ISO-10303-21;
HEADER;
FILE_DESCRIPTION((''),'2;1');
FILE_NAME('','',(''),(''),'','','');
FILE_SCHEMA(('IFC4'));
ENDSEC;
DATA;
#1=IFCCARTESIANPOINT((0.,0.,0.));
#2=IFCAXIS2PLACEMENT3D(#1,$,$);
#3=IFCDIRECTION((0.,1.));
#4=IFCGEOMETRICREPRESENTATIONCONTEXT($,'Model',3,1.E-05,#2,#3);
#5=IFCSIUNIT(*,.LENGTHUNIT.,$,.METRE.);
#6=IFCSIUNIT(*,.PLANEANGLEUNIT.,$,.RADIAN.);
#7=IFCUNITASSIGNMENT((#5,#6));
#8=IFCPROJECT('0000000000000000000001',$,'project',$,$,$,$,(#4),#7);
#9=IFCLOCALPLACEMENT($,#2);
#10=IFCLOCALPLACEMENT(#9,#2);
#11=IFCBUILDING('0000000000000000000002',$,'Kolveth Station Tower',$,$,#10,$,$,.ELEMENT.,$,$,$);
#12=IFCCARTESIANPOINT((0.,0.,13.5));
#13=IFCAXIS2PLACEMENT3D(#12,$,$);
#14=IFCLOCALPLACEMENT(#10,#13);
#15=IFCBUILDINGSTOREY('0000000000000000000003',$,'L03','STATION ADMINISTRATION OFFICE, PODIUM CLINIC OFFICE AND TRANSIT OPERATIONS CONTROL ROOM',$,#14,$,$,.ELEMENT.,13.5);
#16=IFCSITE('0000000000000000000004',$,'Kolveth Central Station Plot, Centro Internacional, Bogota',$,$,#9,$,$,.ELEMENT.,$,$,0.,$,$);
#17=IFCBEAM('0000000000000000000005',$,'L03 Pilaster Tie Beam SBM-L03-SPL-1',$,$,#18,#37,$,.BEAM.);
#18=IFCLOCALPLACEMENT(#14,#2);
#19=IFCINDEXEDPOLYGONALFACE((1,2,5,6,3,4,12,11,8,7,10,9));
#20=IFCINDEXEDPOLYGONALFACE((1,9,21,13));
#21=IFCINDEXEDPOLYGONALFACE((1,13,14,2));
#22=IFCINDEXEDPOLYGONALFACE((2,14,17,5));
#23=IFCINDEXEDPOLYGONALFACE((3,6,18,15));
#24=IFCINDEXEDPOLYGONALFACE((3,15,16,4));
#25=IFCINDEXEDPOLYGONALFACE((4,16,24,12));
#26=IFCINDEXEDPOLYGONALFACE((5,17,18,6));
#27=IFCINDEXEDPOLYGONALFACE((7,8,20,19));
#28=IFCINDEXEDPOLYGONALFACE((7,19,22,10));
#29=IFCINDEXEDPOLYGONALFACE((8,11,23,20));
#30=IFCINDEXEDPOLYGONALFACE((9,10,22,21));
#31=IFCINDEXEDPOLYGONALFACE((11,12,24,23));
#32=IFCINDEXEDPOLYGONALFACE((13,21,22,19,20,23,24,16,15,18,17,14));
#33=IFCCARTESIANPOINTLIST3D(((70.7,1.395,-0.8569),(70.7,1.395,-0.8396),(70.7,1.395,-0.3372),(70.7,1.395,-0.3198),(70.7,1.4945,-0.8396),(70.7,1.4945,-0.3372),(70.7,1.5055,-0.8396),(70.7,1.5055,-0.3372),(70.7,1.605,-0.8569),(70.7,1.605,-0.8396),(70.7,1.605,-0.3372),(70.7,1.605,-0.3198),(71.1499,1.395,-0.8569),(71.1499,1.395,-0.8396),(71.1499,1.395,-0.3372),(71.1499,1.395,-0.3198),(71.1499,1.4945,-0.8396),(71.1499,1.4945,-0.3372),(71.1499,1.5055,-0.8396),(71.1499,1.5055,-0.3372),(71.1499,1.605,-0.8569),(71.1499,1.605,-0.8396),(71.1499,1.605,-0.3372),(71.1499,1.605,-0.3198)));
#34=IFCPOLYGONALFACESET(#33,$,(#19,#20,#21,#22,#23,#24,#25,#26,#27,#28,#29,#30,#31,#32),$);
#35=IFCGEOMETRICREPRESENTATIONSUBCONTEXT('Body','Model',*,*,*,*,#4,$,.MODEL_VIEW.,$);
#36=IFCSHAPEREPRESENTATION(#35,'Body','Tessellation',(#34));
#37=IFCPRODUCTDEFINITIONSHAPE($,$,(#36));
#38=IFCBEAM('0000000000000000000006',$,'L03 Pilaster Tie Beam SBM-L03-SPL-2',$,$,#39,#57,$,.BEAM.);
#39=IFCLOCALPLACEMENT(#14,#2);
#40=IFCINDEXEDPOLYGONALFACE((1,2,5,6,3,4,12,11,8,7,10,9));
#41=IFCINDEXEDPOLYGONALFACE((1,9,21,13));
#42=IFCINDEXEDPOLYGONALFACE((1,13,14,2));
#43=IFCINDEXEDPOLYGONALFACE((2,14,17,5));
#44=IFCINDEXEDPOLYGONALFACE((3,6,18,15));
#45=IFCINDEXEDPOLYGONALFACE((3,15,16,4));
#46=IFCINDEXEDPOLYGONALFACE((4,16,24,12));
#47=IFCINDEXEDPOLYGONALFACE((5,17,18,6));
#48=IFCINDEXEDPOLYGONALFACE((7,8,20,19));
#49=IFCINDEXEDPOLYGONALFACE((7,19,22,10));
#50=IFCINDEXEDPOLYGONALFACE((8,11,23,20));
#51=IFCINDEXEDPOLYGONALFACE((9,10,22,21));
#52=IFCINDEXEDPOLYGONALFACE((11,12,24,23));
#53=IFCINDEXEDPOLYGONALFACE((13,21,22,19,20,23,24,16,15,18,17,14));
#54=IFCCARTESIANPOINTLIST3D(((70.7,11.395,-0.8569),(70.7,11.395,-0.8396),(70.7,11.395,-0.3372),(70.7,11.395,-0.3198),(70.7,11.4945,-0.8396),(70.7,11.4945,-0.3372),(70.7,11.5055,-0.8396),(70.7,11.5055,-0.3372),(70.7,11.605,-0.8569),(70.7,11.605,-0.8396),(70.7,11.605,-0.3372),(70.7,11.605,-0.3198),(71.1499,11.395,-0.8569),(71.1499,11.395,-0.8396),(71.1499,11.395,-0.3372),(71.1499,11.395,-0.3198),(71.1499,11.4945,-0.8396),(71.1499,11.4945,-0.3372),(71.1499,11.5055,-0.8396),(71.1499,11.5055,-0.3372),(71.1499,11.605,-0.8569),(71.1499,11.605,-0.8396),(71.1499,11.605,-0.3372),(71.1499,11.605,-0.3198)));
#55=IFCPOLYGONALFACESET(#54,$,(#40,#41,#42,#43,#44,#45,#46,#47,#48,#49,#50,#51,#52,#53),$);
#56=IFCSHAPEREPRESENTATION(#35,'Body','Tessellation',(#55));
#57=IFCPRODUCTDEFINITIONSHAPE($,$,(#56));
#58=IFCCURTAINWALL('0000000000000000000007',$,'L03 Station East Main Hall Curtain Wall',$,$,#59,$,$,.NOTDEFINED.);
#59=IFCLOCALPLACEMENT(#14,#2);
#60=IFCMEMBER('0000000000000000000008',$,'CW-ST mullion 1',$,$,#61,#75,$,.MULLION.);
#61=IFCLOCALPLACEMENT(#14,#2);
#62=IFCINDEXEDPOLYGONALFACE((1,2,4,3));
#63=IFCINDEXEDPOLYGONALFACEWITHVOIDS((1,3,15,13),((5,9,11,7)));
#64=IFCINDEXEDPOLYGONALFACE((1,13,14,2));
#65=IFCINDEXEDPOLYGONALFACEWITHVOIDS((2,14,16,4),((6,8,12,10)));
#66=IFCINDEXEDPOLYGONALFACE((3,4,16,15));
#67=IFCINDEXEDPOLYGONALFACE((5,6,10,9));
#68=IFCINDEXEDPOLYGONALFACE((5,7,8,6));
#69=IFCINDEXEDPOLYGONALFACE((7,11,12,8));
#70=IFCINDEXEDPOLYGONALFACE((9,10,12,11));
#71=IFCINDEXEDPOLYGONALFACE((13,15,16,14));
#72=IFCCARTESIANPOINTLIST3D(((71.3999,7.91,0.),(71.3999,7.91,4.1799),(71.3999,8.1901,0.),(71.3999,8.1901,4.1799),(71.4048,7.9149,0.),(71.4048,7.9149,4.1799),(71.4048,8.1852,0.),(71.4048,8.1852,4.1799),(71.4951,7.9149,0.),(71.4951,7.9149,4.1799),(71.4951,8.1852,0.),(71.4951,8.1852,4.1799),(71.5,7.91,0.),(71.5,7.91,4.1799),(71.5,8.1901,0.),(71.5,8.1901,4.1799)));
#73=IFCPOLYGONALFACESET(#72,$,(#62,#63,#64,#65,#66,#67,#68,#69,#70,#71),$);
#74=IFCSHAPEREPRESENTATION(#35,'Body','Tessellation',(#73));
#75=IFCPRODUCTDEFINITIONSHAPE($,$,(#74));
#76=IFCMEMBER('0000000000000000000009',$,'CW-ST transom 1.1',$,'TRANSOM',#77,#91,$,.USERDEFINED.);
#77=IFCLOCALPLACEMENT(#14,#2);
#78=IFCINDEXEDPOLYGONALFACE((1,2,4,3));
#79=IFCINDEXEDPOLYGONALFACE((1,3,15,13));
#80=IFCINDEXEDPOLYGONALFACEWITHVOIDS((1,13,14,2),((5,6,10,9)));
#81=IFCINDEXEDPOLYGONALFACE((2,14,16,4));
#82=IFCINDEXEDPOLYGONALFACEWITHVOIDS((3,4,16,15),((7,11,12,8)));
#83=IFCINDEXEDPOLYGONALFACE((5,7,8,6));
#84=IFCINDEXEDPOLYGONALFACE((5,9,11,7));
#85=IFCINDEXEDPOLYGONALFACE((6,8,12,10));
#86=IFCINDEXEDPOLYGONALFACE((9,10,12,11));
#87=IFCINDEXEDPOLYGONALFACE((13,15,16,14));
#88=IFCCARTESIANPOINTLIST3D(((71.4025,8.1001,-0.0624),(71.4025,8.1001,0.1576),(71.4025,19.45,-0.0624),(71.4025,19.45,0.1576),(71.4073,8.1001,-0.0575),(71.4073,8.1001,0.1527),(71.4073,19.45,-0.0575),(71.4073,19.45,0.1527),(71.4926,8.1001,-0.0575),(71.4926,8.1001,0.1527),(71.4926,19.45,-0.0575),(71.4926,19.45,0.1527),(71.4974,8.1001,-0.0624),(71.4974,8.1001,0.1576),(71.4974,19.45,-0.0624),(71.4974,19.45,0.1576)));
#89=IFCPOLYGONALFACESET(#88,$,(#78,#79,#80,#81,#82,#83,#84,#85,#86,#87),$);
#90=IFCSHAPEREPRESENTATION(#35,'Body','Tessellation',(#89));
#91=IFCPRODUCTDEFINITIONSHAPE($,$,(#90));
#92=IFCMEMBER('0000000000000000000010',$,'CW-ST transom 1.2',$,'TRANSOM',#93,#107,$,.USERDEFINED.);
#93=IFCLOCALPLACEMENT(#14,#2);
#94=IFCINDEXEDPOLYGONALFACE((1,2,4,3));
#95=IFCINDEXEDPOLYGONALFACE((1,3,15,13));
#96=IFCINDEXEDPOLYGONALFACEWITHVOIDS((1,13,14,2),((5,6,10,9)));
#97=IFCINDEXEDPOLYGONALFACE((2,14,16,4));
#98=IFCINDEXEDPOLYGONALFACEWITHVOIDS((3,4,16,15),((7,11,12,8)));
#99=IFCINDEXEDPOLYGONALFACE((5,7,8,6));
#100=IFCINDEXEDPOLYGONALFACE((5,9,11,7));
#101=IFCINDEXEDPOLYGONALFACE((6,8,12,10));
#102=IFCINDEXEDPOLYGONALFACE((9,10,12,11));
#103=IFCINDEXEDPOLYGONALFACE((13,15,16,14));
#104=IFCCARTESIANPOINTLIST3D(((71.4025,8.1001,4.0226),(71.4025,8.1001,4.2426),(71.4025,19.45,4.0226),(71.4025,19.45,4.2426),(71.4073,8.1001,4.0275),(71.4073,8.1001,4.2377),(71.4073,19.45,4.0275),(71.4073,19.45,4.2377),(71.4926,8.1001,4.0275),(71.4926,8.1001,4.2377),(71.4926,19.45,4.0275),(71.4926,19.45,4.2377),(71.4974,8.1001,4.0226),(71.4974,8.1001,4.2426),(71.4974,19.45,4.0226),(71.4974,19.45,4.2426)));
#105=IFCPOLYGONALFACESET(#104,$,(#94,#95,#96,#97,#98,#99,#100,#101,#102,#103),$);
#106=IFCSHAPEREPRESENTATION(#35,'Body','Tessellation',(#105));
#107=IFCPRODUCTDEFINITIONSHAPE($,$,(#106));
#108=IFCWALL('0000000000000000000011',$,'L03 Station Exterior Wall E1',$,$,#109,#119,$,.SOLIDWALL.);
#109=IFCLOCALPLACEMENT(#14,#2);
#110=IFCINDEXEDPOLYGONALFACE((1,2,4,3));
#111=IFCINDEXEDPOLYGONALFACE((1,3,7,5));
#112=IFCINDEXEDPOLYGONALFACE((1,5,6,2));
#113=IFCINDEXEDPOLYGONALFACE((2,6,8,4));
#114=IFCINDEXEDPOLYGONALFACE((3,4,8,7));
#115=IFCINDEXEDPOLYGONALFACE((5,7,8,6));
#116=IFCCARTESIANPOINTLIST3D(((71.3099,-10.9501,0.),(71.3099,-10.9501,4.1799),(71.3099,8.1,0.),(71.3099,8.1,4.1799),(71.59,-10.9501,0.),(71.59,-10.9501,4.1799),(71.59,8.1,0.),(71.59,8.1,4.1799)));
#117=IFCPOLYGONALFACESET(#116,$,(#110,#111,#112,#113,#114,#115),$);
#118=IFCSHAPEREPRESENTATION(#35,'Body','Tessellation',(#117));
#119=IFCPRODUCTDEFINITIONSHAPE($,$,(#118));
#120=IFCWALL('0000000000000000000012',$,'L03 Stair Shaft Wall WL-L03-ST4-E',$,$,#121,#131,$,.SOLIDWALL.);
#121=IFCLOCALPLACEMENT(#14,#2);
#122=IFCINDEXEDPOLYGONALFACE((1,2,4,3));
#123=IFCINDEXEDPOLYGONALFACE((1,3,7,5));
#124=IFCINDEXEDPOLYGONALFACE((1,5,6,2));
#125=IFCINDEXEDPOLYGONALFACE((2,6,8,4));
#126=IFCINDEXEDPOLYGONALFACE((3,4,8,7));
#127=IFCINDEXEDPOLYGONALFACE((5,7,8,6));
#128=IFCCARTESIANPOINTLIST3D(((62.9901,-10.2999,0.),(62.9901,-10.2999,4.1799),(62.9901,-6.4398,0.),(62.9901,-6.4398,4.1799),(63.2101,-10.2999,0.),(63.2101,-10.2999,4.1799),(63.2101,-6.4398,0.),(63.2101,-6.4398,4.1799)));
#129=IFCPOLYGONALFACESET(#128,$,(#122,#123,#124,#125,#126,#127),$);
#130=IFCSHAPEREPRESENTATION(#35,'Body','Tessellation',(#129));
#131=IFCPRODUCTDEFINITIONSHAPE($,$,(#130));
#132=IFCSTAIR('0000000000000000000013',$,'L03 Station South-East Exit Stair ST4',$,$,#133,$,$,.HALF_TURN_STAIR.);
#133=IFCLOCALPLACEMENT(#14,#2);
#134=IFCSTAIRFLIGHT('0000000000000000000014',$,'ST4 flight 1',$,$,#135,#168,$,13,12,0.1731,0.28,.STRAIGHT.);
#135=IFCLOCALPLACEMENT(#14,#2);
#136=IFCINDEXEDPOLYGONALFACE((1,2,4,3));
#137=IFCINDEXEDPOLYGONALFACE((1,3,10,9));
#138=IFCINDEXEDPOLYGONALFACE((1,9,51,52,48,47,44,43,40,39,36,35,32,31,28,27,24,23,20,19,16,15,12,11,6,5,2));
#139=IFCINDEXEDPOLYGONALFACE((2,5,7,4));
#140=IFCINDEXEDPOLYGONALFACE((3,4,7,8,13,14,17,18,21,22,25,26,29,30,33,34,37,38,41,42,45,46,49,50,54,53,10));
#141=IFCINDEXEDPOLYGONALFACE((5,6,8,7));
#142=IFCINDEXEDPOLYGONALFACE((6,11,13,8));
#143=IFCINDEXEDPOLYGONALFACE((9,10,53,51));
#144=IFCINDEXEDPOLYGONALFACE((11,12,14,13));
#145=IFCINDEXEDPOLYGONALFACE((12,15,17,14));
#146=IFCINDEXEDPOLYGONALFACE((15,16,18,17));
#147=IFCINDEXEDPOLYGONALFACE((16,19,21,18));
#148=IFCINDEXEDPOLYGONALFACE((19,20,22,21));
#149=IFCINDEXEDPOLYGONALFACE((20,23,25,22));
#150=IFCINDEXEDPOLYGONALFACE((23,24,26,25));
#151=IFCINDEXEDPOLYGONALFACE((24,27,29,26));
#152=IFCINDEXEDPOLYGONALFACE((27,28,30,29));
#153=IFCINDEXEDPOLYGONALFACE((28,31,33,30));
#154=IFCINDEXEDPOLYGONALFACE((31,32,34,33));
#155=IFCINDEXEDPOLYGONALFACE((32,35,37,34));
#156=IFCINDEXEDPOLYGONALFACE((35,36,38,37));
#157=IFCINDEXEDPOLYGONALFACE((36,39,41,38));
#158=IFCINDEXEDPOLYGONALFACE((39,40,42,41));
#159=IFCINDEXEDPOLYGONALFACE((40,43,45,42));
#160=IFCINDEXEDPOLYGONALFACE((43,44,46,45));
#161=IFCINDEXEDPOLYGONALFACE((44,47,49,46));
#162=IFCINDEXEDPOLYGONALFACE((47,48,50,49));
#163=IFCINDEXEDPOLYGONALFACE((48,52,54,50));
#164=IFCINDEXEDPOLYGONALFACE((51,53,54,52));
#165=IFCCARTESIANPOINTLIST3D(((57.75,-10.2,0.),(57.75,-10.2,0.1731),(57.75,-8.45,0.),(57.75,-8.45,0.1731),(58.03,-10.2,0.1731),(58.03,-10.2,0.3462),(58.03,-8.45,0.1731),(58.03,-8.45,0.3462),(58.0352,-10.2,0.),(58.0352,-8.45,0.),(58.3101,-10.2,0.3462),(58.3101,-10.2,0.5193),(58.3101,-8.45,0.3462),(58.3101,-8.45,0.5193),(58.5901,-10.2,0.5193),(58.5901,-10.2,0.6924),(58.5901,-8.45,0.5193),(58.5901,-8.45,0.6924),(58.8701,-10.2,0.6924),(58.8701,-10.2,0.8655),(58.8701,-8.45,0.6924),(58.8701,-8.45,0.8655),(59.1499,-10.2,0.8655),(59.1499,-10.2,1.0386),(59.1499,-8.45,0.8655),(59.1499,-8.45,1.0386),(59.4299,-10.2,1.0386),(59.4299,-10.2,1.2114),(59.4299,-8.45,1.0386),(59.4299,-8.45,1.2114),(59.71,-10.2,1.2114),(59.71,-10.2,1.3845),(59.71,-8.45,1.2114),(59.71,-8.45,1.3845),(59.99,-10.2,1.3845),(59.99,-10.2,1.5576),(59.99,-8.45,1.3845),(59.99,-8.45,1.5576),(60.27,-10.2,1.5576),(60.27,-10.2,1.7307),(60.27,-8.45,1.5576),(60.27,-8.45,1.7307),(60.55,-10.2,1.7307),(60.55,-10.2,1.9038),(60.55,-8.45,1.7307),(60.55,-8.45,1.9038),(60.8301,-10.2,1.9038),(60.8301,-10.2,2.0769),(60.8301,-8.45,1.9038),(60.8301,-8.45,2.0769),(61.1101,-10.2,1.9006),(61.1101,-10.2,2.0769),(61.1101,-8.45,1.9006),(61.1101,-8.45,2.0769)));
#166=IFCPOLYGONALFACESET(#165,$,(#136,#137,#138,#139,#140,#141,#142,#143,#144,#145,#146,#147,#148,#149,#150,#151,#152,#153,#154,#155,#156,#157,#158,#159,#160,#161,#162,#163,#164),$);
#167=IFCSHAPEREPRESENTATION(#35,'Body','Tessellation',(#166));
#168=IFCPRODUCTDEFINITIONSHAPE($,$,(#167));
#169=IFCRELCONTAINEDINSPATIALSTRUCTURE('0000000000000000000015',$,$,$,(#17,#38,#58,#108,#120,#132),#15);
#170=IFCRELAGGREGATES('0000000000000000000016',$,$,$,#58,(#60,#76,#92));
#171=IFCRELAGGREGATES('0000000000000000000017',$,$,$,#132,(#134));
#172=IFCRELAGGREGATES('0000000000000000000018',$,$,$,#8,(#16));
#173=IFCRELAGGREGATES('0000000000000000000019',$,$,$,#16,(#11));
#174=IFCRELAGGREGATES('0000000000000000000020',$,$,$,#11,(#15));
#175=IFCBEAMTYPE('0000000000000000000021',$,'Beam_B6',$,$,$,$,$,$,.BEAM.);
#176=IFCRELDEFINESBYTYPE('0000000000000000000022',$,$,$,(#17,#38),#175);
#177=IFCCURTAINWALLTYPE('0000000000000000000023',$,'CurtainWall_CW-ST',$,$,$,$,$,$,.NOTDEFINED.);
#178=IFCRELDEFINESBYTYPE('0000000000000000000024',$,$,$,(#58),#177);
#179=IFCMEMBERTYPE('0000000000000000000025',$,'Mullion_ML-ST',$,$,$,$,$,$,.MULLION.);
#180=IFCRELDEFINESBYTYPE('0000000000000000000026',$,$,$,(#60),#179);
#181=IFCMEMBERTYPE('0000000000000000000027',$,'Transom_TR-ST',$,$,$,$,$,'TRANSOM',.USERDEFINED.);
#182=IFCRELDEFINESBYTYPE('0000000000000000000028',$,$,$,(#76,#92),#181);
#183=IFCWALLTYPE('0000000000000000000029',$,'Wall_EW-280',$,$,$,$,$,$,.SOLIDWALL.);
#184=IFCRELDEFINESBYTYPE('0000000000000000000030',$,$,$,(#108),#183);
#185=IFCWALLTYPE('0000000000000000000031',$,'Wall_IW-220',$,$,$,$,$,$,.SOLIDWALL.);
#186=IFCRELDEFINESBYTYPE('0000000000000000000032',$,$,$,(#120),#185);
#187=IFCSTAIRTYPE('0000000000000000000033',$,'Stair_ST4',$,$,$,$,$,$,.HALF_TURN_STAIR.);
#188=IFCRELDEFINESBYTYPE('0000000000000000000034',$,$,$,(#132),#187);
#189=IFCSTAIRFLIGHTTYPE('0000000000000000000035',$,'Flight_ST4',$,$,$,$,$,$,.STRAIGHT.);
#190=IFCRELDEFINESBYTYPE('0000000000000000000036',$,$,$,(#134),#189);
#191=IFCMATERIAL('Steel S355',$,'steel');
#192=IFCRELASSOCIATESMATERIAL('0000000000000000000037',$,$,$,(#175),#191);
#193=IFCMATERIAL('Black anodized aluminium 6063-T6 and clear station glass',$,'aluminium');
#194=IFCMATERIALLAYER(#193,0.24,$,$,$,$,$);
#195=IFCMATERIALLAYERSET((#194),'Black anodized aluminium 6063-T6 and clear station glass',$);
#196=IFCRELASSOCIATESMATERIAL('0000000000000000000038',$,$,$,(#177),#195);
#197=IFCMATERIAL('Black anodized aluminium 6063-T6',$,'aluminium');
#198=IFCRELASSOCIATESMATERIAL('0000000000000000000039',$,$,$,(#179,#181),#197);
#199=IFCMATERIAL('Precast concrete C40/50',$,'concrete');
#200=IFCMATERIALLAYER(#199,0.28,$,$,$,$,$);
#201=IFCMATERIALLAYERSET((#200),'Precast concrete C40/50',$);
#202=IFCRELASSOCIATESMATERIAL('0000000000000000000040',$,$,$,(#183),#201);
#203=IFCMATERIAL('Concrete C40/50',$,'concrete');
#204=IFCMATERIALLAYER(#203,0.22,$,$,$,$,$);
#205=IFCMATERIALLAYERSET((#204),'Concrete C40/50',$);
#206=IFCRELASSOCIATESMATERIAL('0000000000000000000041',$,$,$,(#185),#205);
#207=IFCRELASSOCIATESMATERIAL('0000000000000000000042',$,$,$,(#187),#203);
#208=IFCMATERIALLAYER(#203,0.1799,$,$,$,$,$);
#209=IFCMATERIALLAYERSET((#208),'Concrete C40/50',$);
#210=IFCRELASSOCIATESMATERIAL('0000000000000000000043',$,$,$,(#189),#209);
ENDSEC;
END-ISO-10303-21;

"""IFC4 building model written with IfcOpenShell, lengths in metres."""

from ifc_helpers import new_model, si_unit, direction, frame, frame_2d, origin, origin_2d, place, context, subcontext, project, spatial, polyline, rectangle, hollow_rectangle, i_section, outline, extrude, source, transform, mapped, material, layer, layer_set, material_profile, profile_set, type_object, element, aggregate, save


model = new_model("IFC4")

# Units and contexts
model_context = context("Model", 3, precision=1e-05, world=origin(), true_north=direction((0.0, 1.0)))
body_context = subcontext(model_context, "Body", "Model", "MODEL_VIEW")
ifc_project = project(units=[si_unit("LENGTHUNIT", "METRE"), si_unit("PLANEANGLEUNIT", "RADIAN")], contexts=[model_context])

# Site, building, storey
site_placement = place(None, origin())
site = spatial("IfcSite", under=ifc_project, at=site_placement, Name="Kolveth Central Station Plot, Centro Internacional, Bogota", CompositionType="ELEMENT", RefElevation=0.0)
building_placement = place(site_placement, origin())
building = spatial("IfcBuilding", under=site, at=building_placement, Name="Kolveth Station Tower", CompositionType="ELEMENT")
storey_placement = place(building_placement, frame((0.0, 0.0, 13.5)))
storey = spatial("IfcBuildingStorey", under=building, at=storey_placement, Name="L03", Description="STATION ADMINISTRATION OFFICE, PODIUM CLINIC OFFICE AND TRANSIT OPERATIONS CONTROL ROOM", CompositionType="ELEMENT", Elevation=13.5)

# Shared definitions
ifc_material_1 = material(Name="Steel S355", Category="steel")

# Beams
ifc_material_profile_1 = material_profile(ifc_material_1, i_section(OverallWidth=0.21, OverallDepth=0.5371, WebThickness=0.011, FlangeThickness=0.0173, at=origin_2d()), Name="W530x101")
ifc_profile_set_1 = profile_set([ifc_material_profile_1], Name="Steel S355")
beam_type_1 = type_object("IfcBeamType", Name="Beam_B6", PredefinedType="BEAM", material=ifc_profile_set_1)
shared_shape_1 = source(origin(), body_context, "Body", "SweptSolid", [
    extrude(i_section(OverallWidth=0.21, OverallDepth=0.5371, WebThickness=0.011, FlangeThickness=0.0173, at=origin_2d()), origin(), (0.0, 0.0, 1.0), 0.45),
])
for number, where, z_axis, x_axis, name in (
    (1, (70.7, 1.5, -0.5884), (1.0, 0.0, 0.0), (0.0, 1.0, 0.0), "L03 Pilaster Tie Beam SBM-L03-SPL-1"),
    (2, (70.7, 11.5, -0.5884), (1.0, 0.0, 0.0), (0.0, 1.0, 0.0), "L03 Pilaster Tie Beam SBM-L03-SPL-2"),
):
    element("IfcBeam", number, at=place(storey_placement, frame(where, z_axis=z_axis, x_axis=x_axis)), inside=storey, type_object=beam_type_1, Name=name, PredefinedType="BEAM", context=body_context, shape_type="MappedRepresentation", body=[
        mapped(shared_shape_1, transform((0.0, 0.0, 0.0), x_axis=(1.0, 0.0, 0.0), y_axis=(0.0, 1.0, 0.0), z_axis=(0.0, 0.0, 1.0), scale=1.0)),
    ])

# Curtain wall, members
ifc_material_2 = material(Name="Black anodized aluminium 6063-T6 and clear station glass", Category="aluminium")
ifc_layer_1 = layer(ifc_material_2, 0.24)
ifc_layer_set_1 = layer_set([ifc_layer_1], Name="Black anodized aluminium 6063-T6 and clear station glass")
curtain_wall_type = type_object("IfcCurtainWallType", Name="CurtainWall_CW-ST", PredefinedType="NOTDEFINED", material=ifc_layer_set_1)
curtain_wall_placement = place(storey_placement, origin())
curtain_wall = element("IfcCurtainWall", 3, at=curtain_wall_placement, inside=storey, type_object=curtain_wall_type, Name="L03 Station East Main Hall Curtain Wall", PredefinedType="NOTDEFINED")
ifc_material_3 = material(Name="Black anodized aluminium 6063-T6", Category="aluminium")
ifc_material_profile_2 = material_profile(ifc_material_3, hollow_rectangle(XDim=0.1001, YDim=0.28, WallThickness=0.0049, at=origin_2d()), Name="ALU-100x280x5")
ifc_profile_set_2 = profile_set([ifc_material_profile_2], Name="Black anodized aluminium 6063-T6")
member_type_1 = type_object("IfcMemberType", Name="Mullion_ML-ST", PredefinedType="MULLION", material=ifc_profile_set_2)
shared_shape_2 = source(origin(), body_context, "Body", "SweptSolid", [
    extrude(hollow_rectangle(XDim=0.1001, YDim=0.28, WallThickness=0.0049, at=origin_2d()), origin(), (0.0, 0.0, 1.0), 4.1799),
])
member_1_placement = place(storey_placement, frame((71.45, 8.05, 0.0), z_axis=(0.0, 0.0, 1.0), x_axis=(-1.0, 0.0, 0.0)))
member_1 = element("IfcMember", 4, at=member_1_placement, type_object=member_type_1, Name="CW-ST mullion 1", PredefinedType="MULLION", context=body_context, shape_type="MappedRepresentation", body=[
    mapped(shared_shape_2, transform((0.0, 0.0, 0.0), x_axis=(1.0, 0.0, 0.0), y_axis=(0.0, 1.0, 0.0), z_axis=(0.0, 0.0, 1.0), scale=1.0)),
])
ifc_material_profile_3 = material_profile(ifc_material_3, hollow_rectangle(XDim=0.095, YDim=0.22, WallThickness=0.0049, at=origin_2d()), Name="ALU-95x220x5")
ifc_profile_set_3 = profile_set([ifc_material_profile_3], Name="Black anodized aluminium 6063-T6")
member_type_2 = type_object("IfcMemberType", Name="Transom_TR-ST", ElementType="TRANSOM", PredefinedType="USERDEFINED", material=ifc_profile_set_3)
shared_shape_3 = source(origin(), body_context, "Body", "SweptSolid", [
    extrude(hollow_rectangle(XDim=0.095, YDim=0.22, WallThickness=0.0049, at=origin_2d()), origin(), (0.0, 0.0, 1.0), 11.3499),
])
member_2_placement = place(storey_placement, frame((71.45, 8.1001, 0.0476), z_axis=(0.0, 1.0, 0.0), x_axis=(-1.0, 0.0, 0.0)))
member_2 = element("IfcMember", 5, at=member_2_placement, type_object=member_type_2, Name="CW-ST transom 1.1", ObjectType="TRANSOM", PredefinedType="USERDEFINED", context=body_context, shape_type="MappedRepresentation", body=[
    mapped(shared_shape_3, transform((0.0, 0.0, 0.0), x_axis=(1.0, 0.0, 0.0), y_axis=(0.0, 1.0, 0.0), z_axis=(0.0, 0.0, 1.0), scale=1.0)),
])
member_3_placement = place(storey_placement, frame((71.45, 8.1001, 4.1326), z_axis=(0.0, 1.0, 0.0), x_axis=(-1.0, 0.0, 0.0)))
member_3 = element("IfcMember", 6, at=member_3_placement, type_object=member_type_2, Name="CW-ST transom 1.2", ObjectType="TRANSOM", PredefinedType="USERDEFINED", context=body_context, shape_type="MappedRepresentation", body=[
    mapped(shared_shape_3, transform((0.0, 0.0, 0.0), x_axis=(1.0, 0.0, 0.0), y_axis=(0.0, 1.0, 0.0), z_axis=(0.0, 0.0, 1.0), scale=1.0)),
])
aggregate(curtain_wall, [member_1, member_2, member_3])

# Walls
ifc_material_4 = material(Name="Precast concrete C40/50", Category="concrete")
ifc_layer_2 = layer(ifc_material_4, 0.28)
ifc_layer_set_2 = layer_set([ifc_layer_2], Name="Precast concrete C40/50")
wall_type_1 = type_object("IfcWallType", Name="Wall_EW-280", PredefinedType="SOLIDWALL", material=ifc_layer_set_2)
wall_1_placement = place(storey_placement, frame((71.45, -10.95, 0.0), z_axis=(0.0, 0.0, 1.0), x_axis=(0.0, 1.0, 0.0)))
element("IfcWall", 7, at=wall_1_placement, inside=storey, type_object=wall_type_1, Name="L03 Station Exterior Wall E1", PredefinedType="SOLIDWALL", context=body_context, shape_type="SweptSolid", body=[
    extrude(rectangle(XDim=19.05, YDim=0.28, at=frame_2d((9.5249, 0.0))), origin(), (0.0, 0.0, 1.0), 4.1799),
])
ifc_material_5 = material(Name="Concrete C40/50", Category="concrete")
ifc_layer_3 = layer(ifc_material_5, 0.22)
ifc_layer_set_3 = layer_set([ifc_layer_3], Name="Concrete C40/50")
wall_type_2 = type_object("IfcWallType", Name="Wall_IW-220", PredefinedType="SOLIDWALL", material=ifc_layer_set_3)
wall_2_placement = place(storey_placement, frame((63.1001, -10.3, 0.0), z_axis=(0.0, 0.0, 1.0), x_axis=(0.0, 1.0, 0.0)))
element("IfcWall", 8, at=wall_2_placement, inside=storey, type_object=wall_type_2, Name="L03 Stair Shaft Wall WL-L03-ST4-E", PredefinedType="SOLIDWALL", context=body_context, shape_type="SweptSolid", body=[
    extrude(rectangle(XDim=3.8601, YDim=0.22, at=frame_2d((1.9302, 0.0))), origin(), (0.0, 0.0, 1.0), 4.1799),
])

# Stair, stair flight
stair_type = type_object("IfcStairType", Name="Stair_ST4", PredefinedType="HALF_TURN_STAIR", material=ifc_material_5)
stair_placement = place(storey_placement, origin())
stair = element("IfcStair", 9, at=stair_placement, inside=storey, type_object=stair_type, Name="L03 Station South-East Exit Stair ST4", PredefinedType="HALF_TURN_STAIR")
ifc_layer_4 = layer(ifc_material_5, 0.1799)
ifc_layer_set_4 = layer_set([ifc_layer_4], Name="Concrete C40/50")
stair_flight_type = type_object("IfcStairFlightType", Name="Flight_ST4", PredefinedType="STRAIGHT", material=ifc_layer_set_4)
stair_flight_1_placement = place(storey_placement, frame((57.75, -9.325, 0.0), z_axis=(0.0, 0.0, 1.0), x_axis=(1.0, 0.0, 0.0)))
stair_flight_1 = element("IfcStairFlight", 10, at=stair_flight_1_placement, type_object=stair_flight_type, Name="ST4 flight 1", NumberOfRisers=13, NumberOfTreads=12, PredefinedType="STRAIGHT", RiserHeight=0.1731, TreadLength=0.28, context=body_context, shape_type="SweptSolid", body=[
    extrude(outline(polyline([(0.0, 0.0), (0.0, 0.1731), (0.28, 0.1731), (0.28, 0.3462), (0.5601, 0.3462), (0.5601, 0.5193), (0.8401, 0.5193), (0.8401, 0.6924), (1.1201, 0.6924), (1.1201, 0.8655), (1.3999, 0.8655), (1.3999, 1.0386), (1.6799, 1.0386), (1.6799, 1.2114), (1.96, 1.2114), (1.96, 1.3845), (2.24, 1.3845), (2.24, 1.5576), (2.52, 1.5576), (2.52, 1.7307), (2.8, 1.7307), (2.8, 1.9038), (3.0801, 1.9038), (3.0801, 2.0769), (3.3601, 2.0769), (3.3601, 2.25), (3.3601, 1.9006), (0.2852, 0.0), (0.0, 0.0)])), frame((0.0, 0.875, 0.0), z_axis=(0.0, -1.0, 0.0), x_axis=(1.0, 0.0, 0.0)), (0.0, 0.0, 1.0), 1.75),
])
aggregate(stair, [stair_flight_1])

save(model, "model.ifc")
